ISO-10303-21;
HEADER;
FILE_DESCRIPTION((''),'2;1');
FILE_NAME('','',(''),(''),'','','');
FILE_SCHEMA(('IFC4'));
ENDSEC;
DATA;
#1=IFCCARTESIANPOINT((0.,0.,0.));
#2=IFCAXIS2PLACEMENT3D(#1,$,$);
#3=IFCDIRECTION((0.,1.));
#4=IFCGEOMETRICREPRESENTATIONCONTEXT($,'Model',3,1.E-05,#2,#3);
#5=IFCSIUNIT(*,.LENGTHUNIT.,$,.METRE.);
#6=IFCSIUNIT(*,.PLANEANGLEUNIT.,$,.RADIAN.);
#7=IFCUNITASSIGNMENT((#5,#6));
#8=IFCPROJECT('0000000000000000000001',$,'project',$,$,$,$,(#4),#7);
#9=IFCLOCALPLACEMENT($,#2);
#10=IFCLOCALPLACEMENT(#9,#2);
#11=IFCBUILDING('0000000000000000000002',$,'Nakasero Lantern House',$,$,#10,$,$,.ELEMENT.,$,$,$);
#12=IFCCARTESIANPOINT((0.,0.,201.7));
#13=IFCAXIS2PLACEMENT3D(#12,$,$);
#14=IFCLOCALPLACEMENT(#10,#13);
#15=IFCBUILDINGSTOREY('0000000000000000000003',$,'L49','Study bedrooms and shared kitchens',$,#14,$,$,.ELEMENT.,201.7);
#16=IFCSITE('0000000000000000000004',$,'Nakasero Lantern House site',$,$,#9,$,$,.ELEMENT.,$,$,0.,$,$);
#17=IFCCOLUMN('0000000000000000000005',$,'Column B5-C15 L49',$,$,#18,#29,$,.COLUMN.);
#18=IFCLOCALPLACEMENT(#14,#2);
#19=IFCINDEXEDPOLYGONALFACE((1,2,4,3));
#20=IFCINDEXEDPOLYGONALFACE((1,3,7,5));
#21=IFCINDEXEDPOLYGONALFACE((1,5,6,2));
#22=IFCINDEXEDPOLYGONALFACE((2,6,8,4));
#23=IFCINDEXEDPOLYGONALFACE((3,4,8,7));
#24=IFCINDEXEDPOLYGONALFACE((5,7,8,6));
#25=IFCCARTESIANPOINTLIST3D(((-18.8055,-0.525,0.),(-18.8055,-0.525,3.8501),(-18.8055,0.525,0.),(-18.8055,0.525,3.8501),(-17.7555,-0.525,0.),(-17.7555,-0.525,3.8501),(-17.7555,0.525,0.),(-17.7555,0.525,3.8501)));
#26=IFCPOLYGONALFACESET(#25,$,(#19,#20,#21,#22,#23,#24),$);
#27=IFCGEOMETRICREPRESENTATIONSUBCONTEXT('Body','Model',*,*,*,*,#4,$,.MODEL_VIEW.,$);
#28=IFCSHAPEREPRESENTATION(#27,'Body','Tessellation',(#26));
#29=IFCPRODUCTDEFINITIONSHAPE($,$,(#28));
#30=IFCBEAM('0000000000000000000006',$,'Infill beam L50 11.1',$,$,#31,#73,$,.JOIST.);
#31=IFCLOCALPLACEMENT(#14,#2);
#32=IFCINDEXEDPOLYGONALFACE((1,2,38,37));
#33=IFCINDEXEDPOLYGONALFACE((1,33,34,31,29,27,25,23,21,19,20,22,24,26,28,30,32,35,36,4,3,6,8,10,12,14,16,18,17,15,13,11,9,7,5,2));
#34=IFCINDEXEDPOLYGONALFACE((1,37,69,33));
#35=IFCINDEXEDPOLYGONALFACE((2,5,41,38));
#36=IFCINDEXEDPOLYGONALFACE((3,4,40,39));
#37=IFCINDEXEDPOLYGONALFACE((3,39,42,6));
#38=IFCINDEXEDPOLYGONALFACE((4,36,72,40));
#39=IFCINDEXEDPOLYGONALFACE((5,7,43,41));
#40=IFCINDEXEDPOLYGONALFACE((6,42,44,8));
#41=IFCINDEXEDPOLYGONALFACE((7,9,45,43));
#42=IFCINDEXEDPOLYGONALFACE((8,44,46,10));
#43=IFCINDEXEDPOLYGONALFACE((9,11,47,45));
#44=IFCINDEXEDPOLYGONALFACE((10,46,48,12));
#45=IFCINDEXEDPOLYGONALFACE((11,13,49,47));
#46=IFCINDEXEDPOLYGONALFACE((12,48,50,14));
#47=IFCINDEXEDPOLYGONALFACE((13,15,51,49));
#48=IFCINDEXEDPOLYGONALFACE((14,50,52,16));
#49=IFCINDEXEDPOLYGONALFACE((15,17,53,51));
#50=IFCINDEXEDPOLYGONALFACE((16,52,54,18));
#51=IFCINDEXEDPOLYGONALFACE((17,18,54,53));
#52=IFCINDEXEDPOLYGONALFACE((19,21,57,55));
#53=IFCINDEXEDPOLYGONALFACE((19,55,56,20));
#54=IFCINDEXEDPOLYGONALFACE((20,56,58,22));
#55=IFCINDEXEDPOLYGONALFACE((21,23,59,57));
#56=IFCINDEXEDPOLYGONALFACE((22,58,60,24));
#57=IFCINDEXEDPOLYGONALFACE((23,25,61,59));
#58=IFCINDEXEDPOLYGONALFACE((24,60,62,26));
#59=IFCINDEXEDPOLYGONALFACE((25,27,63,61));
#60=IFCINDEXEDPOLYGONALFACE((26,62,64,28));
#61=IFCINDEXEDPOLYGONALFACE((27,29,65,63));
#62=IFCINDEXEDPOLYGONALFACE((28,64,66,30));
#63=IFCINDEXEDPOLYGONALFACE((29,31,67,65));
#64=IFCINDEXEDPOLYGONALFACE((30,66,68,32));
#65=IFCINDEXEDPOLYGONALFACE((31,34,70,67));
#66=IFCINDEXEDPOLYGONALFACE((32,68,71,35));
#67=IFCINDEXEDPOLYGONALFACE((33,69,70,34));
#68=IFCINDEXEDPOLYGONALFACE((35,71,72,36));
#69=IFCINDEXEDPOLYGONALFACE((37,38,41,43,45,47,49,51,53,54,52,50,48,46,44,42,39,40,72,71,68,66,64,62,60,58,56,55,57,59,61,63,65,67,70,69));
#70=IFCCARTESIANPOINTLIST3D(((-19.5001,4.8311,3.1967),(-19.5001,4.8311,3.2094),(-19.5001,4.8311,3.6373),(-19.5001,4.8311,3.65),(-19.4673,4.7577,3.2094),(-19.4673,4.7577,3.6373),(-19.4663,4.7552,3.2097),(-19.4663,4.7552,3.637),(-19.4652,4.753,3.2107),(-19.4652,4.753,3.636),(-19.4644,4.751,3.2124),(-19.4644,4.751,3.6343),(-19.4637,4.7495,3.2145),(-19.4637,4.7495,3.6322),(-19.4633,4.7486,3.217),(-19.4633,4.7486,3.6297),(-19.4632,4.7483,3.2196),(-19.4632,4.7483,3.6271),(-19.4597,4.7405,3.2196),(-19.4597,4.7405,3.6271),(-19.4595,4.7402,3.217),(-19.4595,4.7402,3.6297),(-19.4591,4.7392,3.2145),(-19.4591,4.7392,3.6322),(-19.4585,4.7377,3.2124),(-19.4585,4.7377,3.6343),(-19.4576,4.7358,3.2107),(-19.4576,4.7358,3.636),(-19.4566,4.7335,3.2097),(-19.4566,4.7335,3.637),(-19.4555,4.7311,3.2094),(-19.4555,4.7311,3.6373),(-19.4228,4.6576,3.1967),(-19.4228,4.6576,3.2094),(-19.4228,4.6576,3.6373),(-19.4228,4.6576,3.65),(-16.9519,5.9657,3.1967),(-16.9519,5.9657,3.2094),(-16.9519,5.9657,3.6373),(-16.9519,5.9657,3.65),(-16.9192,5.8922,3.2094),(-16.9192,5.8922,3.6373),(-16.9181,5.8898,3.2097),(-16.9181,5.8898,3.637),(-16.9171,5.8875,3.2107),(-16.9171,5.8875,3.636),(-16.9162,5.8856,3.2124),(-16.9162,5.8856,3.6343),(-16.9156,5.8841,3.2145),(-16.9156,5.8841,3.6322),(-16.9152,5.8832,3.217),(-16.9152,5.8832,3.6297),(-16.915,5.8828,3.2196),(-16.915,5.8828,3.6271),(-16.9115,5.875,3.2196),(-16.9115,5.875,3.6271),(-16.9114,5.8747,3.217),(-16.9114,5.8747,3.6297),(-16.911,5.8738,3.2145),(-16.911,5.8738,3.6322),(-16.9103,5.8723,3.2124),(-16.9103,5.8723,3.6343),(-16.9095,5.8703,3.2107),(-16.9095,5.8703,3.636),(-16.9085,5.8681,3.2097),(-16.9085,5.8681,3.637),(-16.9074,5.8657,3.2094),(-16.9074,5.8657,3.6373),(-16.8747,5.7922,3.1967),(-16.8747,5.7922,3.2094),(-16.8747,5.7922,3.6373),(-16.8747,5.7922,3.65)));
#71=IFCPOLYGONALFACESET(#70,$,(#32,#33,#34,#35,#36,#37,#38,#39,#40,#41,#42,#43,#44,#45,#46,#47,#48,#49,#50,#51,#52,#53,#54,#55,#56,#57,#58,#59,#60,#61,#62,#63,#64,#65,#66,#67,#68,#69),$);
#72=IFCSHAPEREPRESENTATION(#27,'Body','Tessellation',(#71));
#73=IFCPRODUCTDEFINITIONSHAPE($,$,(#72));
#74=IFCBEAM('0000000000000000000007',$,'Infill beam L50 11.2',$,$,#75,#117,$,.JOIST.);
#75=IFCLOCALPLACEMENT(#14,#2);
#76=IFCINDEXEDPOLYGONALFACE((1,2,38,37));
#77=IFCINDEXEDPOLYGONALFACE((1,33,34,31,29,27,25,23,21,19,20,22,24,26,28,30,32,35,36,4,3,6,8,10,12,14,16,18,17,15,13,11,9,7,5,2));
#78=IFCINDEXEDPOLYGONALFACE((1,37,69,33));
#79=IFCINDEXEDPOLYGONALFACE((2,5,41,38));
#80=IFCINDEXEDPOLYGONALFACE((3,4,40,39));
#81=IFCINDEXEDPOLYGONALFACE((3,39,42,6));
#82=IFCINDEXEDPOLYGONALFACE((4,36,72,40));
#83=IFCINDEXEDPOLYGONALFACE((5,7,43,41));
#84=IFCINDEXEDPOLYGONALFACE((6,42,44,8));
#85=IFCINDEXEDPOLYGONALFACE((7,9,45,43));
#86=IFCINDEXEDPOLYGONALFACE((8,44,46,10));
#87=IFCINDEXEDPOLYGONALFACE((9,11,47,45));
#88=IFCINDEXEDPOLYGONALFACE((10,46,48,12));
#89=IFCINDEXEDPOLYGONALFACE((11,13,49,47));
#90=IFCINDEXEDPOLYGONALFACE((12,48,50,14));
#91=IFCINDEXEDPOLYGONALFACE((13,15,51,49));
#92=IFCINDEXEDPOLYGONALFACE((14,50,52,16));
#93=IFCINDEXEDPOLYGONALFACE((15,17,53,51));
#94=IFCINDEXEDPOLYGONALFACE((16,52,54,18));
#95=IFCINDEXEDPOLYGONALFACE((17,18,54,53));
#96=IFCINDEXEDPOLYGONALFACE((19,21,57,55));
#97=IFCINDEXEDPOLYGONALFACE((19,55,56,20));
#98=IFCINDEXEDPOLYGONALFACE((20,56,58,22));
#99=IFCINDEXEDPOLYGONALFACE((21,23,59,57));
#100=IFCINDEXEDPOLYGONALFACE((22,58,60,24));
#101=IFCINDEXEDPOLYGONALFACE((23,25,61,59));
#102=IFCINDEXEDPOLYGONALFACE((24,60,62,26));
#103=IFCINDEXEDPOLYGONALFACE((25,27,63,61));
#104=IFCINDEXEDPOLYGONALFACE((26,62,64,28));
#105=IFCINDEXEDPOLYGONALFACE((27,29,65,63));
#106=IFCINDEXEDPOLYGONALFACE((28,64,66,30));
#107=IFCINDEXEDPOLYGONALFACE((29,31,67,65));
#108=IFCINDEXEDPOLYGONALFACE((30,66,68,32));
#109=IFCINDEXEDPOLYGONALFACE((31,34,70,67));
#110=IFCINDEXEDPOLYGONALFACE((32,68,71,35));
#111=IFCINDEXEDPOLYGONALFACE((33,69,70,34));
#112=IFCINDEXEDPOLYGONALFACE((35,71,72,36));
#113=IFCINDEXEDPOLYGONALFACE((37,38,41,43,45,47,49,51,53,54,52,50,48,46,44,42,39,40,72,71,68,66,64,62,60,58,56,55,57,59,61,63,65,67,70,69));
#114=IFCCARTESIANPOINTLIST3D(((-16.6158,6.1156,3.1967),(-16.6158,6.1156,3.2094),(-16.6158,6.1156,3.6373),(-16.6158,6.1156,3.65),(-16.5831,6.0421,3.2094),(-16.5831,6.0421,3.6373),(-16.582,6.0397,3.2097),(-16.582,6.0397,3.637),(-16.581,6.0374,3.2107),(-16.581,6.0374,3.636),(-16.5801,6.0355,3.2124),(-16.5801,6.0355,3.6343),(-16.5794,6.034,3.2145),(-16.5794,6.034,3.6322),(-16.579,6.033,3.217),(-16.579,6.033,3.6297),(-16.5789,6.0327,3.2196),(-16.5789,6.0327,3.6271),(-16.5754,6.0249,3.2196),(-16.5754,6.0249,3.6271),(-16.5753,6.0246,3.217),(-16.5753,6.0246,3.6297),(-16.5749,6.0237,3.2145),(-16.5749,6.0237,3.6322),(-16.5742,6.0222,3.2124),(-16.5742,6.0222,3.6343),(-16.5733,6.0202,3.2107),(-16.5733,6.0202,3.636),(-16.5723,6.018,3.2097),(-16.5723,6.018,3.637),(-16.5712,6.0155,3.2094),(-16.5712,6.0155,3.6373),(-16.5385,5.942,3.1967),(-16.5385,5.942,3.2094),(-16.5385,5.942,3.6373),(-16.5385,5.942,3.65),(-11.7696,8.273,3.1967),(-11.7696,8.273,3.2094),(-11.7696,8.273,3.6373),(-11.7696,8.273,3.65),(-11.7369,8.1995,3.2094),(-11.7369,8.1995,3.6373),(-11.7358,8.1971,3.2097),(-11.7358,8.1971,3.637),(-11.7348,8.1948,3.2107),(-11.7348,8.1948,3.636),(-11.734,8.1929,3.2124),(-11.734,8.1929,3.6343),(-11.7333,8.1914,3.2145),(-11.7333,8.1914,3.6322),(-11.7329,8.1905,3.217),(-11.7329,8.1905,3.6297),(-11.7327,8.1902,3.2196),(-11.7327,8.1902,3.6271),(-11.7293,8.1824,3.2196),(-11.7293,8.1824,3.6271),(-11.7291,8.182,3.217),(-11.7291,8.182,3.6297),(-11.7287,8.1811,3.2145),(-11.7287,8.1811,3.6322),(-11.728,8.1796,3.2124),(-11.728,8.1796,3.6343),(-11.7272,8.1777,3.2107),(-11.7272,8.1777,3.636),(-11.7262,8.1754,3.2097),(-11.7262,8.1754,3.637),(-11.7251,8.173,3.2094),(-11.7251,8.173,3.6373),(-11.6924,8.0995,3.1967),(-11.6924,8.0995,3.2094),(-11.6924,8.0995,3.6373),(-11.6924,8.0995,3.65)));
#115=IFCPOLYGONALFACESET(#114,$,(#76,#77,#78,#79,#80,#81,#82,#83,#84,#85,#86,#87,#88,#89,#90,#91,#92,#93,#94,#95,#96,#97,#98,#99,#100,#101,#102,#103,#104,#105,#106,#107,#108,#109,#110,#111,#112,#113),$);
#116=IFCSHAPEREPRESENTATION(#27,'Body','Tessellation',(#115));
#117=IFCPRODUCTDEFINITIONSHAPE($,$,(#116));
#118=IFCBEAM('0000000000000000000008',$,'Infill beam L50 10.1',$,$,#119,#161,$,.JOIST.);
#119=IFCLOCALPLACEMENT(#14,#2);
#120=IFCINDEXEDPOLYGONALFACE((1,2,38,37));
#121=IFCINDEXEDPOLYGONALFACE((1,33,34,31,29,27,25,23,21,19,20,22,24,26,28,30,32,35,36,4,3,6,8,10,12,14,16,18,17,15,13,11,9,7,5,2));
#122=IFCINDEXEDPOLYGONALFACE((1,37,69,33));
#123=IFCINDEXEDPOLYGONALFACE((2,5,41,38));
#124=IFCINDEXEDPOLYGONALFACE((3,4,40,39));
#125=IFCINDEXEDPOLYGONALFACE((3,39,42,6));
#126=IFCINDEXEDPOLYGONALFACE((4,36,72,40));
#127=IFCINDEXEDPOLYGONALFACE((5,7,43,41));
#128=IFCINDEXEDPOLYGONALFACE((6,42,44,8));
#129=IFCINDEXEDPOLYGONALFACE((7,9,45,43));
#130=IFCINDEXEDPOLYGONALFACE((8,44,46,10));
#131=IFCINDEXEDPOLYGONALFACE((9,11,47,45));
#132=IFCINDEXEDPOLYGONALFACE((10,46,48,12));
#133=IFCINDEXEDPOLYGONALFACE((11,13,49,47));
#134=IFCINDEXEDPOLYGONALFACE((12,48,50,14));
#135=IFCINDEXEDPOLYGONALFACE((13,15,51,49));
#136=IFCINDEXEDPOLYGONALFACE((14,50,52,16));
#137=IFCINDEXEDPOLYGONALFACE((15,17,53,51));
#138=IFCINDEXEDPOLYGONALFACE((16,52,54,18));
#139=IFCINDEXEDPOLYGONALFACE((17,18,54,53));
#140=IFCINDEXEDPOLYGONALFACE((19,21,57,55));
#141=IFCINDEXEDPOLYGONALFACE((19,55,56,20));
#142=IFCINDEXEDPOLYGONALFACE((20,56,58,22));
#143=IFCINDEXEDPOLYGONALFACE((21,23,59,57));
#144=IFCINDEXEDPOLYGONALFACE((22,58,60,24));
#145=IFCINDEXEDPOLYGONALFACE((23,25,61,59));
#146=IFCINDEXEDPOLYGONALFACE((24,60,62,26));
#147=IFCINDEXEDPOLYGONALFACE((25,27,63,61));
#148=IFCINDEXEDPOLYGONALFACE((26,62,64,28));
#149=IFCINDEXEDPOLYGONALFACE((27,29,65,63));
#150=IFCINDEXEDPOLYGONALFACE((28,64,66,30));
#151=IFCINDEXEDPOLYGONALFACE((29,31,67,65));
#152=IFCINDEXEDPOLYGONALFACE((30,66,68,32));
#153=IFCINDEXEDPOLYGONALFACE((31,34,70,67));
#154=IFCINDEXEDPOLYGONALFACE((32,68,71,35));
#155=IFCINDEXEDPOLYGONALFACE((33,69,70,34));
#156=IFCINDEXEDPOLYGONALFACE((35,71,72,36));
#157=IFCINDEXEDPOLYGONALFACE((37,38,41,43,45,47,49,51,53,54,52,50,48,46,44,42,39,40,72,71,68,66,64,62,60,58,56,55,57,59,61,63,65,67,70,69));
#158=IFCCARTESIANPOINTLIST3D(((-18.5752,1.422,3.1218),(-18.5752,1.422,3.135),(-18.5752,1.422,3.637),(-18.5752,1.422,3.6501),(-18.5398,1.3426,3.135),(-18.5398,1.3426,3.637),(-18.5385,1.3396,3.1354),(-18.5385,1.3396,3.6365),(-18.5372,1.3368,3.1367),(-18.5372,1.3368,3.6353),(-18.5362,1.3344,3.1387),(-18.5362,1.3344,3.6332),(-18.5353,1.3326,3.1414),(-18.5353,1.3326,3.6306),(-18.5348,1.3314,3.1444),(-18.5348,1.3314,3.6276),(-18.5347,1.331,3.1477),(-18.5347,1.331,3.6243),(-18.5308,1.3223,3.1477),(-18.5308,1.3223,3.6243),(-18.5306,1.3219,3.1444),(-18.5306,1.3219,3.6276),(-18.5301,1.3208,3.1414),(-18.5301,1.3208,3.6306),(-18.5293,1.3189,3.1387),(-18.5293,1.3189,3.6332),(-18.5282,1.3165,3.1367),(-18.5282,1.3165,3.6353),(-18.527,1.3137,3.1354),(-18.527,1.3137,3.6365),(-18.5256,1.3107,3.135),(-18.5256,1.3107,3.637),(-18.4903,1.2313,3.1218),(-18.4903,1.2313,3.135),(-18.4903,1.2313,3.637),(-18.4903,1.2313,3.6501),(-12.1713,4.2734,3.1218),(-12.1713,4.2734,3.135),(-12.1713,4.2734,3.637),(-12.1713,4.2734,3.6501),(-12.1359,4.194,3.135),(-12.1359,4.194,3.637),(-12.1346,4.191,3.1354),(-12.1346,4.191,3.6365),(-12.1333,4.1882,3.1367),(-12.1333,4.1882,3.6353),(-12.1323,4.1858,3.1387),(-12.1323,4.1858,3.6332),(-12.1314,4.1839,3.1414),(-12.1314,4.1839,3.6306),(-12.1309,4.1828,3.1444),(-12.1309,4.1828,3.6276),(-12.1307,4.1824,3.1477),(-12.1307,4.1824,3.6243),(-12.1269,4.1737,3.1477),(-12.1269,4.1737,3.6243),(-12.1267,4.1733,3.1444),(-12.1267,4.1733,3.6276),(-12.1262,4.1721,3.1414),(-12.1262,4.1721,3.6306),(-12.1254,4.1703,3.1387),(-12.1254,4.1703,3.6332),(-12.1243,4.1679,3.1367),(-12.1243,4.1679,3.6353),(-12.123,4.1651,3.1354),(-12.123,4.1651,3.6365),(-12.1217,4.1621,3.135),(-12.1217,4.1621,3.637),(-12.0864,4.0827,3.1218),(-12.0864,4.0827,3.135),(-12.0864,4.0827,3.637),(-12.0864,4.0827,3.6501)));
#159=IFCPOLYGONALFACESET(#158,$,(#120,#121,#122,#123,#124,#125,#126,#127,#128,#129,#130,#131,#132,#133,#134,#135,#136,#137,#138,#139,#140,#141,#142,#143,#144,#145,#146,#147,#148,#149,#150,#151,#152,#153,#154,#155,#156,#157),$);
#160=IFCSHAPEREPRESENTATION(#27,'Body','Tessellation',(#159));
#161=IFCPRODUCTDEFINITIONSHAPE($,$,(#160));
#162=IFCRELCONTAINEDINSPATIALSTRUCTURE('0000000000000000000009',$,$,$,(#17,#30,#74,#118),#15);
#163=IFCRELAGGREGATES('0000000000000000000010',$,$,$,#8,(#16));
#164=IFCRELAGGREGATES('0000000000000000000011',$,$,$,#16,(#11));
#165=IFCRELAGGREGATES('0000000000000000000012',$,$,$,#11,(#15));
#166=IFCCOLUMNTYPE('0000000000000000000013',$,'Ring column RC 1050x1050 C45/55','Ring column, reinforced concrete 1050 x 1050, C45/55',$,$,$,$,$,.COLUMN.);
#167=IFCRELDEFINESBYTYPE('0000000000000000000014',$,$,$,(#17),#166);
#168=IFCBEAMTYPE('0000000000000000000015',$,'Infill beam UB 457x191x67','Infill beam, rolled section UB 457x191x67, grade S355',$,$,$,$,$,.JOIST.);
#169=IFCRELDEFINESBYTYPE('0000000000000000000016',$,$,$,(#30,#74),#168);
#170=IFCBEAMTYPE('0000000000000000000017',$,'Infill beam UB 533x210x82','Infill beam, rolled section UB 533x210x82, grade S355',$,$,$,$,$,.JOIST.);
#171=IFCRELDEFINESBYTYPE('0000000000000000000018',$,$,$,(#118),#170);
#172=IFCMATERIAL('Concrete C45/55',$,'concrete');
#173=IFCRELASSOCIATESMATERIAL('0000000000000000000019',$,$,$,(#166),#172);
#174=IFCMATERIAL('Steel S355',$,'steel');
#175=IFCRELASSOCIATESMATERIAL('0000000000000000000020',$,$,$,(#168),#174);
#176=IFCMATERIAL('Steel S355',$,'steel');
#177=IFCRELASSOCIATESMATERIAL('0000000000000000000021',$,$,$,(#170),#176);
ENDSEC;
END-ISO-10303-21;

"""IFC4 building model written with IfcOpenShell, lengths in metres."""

from ifc_helpers import new_model, si_unit, direction, frame, origin, origin_2d, place, context, subcontext, project, spatial, rectangle, i_section, extrude, material, material_profile, profile_set, type_object, element, save


model = new_model("IFC4")

# Units and contexts
model_context = context("Model", 3, precision=1e-05, world=origin(), true_north=direction((0.0, 1.0)))
body_context = subcontext(model_context, "Body", "Model", "MODEL_VIEW")
ifc_project = project(units=[si_unit("LENGTHUNIT", "METRE"), si_unit("PLANEANGLEUNIT", "RADIAN")], contexts=[model_context])

# Site, building, storey
site_placement = place(None, origin())
site = spatial("IfcSite", under=ifc_project, at=site_placement, Name="Nakasero Lantern House site", CompositionType="ELEMENT", RefElevation=0.0)
building_placement = place(site_placement, origin())
building = spatial("IfcBuilding", under=site, at=building_placement, Name="Nakasero Lantern House", CompositionType="ELEMENT")
storey_placement = place(building_placement, frame((0.0, 0.0, 201.7)))
storey = spatial("IfcBuildingStorey", under=building, at=storey_placement, Name="L49", Description="Study bedrooms and shared kitchens", CompositionType="ELEMENT", Elevation=201.7)

# Column
ifc_material_1 = material(Name="Concrete C45/55", Category="concrete")
ifc_material_profile_1 = material_profile(ifc_material_1, rectangle(XDim=1.05, YDim=1.05, at=origin_2d()), Name="RC 1050x1050")
ifc_profile_set_1 = profile_set([ifc_material_profile_1], Name="Concrete C45/55")
column_type = type_object("IfcColumnType", Name="Ring column RC 1050x1050 C45/55", Description="Ring column, reinforced concrete 1050 x 1050, C45/55", PredefinedType="COLUMN", material=ifc_profile_set_1)
column_placement = place(storey_placement, frame((-18.2805, 0.0, 0.0), z_axis=(0.0, 0.0, 1.0), x_axis=(1.0, 0.0, 0.0)))
element("IfcColumn", 1, at=column_placement, inside=storey, type_object=column_type, Name="Column B5-C15 L49", PredefinedType="COLUMN", context=body_context, shape_type="SweptSolid", body=[
    extrude(rectangle(XDim=1.05, YDim=1.05, at=origin_2d()), origin(), (0.0, 0.0, 1.0), 3.8501),
])

# Beams
ifc_material_2 = material(Name="Steel S355", Category="steel")
ifc_material_profile_2 = material_profile(ifc_material_2, i_section(OverallWidth=0.1899, OverallDepth=0.4534, WebThickness=0.0085, FlangeThickness=0.0127, FilletRadius=0.0103, at=origin_2d()), Name="UB 457x191x67")
ifc_profile_set_2 = profile_set([ifc_material_profile_2], Name="Steel S355")
beam_type_1 = type_object("IfcBeamType", Name="Infill beam UB 457x191x67", Description="Infill beam, rolled section UB 457x191x67, grade S355", PredefinedType="JOIST", material=ifc_profile_set_2)
beam_1_placement = place(storey_placement, frame((-19.4614, 4.7444, 3.4233), z_axis=(0.913541, 0.406747, 0.0), x_axis=(-0.406747, 0.913541, 0.0)))
element("IfcBeam", 2, at=beam_1_placement, inside=storey, type_object=beam_type_1, Name="Infill beam L50 11.1", PredefinedType="JOIST", context=body_context, shape_type="SweptSolid", body=[
    extrude(i_section(OverallWidth=0.1899, OverallDepth=0.4534, WebThickness=0.0085, FlangeThickness=0.0127, FilletRadius=0.0103, at=origin_2d()), origin(), (0.0, 0.0, 1.0), 2.7893),
])
beam_2_placement = place(storey_placement, frame((-16.5771, 6.0288, 3.4233), z_axis=(0.913559, 0.406706, 0.0), x_axis=(-0.406706, 0.913559, 0.0)))
element("IfcBeam", 3, at=beam_2_placement, inside=storey, type_object=beam_type_1, Name="Infill beam L50 11.2", PredefinedType="JOIST", context=body_context, shape_type="SweptSolid", body=[
    extrude(i_section(OverallWidth=0.1899, OverallDepth=0.4534, WebThickness=0.0085, FlangeThickness=0.0127, FilletRadius=0.0103, at=origin_2d()), origin(), (0.0, 0.0, 1.0), 5.3047),
])
ifc_material_3 = material(Name="Steel S355", Category="steel")
ifc_material_profile_3 = material_profile(ifc_material_3, i_section(OverallWidth=0.2087, OverallDepth=0.5283, WebThickness=0.0095, FlangeThickness=0.0132, FilletRadius=0.0127, at=origin_2d()), Name="UB 533x210x82")
ifc_profile_set_3 = profile_set([ifc_material_profile_3], Name="Steel S355")
beam_type_2 = type_object("IfcBeamType", Name="Infill beam UB 533x210x82", Description="Infill beam, rolled section UB 533x210x82, grade S355", PredefinedType="JOIST", material=ifc_profile_set_3)
beam_3_placement = place(storey_placement, frame((-18.5327, 1.3267, 3.386), z_axis=(0.913537, 0.406756, 0.0), x_axis=(-0.406756, 0.913537, 0.0)))
element("IfcBeam", 4, at=beam_3_placement, inside=storey, type_object=beam_type_2, Name="Infill beam L50 10.1", PredefinedType="JOIST", context=body_context, shape_type="SweptSolid", body=[
    extrude(i_section(OverallWidth=0.2087, OverallDepth=0.5283, WebThickness=0.0095, FlangeThickness=0.0132, FilletRadius=0.0127, at=origin_2d()), origin(), (0.0, 0.0, 1.0), 7.01),
])

save(model, "model.ifc")
